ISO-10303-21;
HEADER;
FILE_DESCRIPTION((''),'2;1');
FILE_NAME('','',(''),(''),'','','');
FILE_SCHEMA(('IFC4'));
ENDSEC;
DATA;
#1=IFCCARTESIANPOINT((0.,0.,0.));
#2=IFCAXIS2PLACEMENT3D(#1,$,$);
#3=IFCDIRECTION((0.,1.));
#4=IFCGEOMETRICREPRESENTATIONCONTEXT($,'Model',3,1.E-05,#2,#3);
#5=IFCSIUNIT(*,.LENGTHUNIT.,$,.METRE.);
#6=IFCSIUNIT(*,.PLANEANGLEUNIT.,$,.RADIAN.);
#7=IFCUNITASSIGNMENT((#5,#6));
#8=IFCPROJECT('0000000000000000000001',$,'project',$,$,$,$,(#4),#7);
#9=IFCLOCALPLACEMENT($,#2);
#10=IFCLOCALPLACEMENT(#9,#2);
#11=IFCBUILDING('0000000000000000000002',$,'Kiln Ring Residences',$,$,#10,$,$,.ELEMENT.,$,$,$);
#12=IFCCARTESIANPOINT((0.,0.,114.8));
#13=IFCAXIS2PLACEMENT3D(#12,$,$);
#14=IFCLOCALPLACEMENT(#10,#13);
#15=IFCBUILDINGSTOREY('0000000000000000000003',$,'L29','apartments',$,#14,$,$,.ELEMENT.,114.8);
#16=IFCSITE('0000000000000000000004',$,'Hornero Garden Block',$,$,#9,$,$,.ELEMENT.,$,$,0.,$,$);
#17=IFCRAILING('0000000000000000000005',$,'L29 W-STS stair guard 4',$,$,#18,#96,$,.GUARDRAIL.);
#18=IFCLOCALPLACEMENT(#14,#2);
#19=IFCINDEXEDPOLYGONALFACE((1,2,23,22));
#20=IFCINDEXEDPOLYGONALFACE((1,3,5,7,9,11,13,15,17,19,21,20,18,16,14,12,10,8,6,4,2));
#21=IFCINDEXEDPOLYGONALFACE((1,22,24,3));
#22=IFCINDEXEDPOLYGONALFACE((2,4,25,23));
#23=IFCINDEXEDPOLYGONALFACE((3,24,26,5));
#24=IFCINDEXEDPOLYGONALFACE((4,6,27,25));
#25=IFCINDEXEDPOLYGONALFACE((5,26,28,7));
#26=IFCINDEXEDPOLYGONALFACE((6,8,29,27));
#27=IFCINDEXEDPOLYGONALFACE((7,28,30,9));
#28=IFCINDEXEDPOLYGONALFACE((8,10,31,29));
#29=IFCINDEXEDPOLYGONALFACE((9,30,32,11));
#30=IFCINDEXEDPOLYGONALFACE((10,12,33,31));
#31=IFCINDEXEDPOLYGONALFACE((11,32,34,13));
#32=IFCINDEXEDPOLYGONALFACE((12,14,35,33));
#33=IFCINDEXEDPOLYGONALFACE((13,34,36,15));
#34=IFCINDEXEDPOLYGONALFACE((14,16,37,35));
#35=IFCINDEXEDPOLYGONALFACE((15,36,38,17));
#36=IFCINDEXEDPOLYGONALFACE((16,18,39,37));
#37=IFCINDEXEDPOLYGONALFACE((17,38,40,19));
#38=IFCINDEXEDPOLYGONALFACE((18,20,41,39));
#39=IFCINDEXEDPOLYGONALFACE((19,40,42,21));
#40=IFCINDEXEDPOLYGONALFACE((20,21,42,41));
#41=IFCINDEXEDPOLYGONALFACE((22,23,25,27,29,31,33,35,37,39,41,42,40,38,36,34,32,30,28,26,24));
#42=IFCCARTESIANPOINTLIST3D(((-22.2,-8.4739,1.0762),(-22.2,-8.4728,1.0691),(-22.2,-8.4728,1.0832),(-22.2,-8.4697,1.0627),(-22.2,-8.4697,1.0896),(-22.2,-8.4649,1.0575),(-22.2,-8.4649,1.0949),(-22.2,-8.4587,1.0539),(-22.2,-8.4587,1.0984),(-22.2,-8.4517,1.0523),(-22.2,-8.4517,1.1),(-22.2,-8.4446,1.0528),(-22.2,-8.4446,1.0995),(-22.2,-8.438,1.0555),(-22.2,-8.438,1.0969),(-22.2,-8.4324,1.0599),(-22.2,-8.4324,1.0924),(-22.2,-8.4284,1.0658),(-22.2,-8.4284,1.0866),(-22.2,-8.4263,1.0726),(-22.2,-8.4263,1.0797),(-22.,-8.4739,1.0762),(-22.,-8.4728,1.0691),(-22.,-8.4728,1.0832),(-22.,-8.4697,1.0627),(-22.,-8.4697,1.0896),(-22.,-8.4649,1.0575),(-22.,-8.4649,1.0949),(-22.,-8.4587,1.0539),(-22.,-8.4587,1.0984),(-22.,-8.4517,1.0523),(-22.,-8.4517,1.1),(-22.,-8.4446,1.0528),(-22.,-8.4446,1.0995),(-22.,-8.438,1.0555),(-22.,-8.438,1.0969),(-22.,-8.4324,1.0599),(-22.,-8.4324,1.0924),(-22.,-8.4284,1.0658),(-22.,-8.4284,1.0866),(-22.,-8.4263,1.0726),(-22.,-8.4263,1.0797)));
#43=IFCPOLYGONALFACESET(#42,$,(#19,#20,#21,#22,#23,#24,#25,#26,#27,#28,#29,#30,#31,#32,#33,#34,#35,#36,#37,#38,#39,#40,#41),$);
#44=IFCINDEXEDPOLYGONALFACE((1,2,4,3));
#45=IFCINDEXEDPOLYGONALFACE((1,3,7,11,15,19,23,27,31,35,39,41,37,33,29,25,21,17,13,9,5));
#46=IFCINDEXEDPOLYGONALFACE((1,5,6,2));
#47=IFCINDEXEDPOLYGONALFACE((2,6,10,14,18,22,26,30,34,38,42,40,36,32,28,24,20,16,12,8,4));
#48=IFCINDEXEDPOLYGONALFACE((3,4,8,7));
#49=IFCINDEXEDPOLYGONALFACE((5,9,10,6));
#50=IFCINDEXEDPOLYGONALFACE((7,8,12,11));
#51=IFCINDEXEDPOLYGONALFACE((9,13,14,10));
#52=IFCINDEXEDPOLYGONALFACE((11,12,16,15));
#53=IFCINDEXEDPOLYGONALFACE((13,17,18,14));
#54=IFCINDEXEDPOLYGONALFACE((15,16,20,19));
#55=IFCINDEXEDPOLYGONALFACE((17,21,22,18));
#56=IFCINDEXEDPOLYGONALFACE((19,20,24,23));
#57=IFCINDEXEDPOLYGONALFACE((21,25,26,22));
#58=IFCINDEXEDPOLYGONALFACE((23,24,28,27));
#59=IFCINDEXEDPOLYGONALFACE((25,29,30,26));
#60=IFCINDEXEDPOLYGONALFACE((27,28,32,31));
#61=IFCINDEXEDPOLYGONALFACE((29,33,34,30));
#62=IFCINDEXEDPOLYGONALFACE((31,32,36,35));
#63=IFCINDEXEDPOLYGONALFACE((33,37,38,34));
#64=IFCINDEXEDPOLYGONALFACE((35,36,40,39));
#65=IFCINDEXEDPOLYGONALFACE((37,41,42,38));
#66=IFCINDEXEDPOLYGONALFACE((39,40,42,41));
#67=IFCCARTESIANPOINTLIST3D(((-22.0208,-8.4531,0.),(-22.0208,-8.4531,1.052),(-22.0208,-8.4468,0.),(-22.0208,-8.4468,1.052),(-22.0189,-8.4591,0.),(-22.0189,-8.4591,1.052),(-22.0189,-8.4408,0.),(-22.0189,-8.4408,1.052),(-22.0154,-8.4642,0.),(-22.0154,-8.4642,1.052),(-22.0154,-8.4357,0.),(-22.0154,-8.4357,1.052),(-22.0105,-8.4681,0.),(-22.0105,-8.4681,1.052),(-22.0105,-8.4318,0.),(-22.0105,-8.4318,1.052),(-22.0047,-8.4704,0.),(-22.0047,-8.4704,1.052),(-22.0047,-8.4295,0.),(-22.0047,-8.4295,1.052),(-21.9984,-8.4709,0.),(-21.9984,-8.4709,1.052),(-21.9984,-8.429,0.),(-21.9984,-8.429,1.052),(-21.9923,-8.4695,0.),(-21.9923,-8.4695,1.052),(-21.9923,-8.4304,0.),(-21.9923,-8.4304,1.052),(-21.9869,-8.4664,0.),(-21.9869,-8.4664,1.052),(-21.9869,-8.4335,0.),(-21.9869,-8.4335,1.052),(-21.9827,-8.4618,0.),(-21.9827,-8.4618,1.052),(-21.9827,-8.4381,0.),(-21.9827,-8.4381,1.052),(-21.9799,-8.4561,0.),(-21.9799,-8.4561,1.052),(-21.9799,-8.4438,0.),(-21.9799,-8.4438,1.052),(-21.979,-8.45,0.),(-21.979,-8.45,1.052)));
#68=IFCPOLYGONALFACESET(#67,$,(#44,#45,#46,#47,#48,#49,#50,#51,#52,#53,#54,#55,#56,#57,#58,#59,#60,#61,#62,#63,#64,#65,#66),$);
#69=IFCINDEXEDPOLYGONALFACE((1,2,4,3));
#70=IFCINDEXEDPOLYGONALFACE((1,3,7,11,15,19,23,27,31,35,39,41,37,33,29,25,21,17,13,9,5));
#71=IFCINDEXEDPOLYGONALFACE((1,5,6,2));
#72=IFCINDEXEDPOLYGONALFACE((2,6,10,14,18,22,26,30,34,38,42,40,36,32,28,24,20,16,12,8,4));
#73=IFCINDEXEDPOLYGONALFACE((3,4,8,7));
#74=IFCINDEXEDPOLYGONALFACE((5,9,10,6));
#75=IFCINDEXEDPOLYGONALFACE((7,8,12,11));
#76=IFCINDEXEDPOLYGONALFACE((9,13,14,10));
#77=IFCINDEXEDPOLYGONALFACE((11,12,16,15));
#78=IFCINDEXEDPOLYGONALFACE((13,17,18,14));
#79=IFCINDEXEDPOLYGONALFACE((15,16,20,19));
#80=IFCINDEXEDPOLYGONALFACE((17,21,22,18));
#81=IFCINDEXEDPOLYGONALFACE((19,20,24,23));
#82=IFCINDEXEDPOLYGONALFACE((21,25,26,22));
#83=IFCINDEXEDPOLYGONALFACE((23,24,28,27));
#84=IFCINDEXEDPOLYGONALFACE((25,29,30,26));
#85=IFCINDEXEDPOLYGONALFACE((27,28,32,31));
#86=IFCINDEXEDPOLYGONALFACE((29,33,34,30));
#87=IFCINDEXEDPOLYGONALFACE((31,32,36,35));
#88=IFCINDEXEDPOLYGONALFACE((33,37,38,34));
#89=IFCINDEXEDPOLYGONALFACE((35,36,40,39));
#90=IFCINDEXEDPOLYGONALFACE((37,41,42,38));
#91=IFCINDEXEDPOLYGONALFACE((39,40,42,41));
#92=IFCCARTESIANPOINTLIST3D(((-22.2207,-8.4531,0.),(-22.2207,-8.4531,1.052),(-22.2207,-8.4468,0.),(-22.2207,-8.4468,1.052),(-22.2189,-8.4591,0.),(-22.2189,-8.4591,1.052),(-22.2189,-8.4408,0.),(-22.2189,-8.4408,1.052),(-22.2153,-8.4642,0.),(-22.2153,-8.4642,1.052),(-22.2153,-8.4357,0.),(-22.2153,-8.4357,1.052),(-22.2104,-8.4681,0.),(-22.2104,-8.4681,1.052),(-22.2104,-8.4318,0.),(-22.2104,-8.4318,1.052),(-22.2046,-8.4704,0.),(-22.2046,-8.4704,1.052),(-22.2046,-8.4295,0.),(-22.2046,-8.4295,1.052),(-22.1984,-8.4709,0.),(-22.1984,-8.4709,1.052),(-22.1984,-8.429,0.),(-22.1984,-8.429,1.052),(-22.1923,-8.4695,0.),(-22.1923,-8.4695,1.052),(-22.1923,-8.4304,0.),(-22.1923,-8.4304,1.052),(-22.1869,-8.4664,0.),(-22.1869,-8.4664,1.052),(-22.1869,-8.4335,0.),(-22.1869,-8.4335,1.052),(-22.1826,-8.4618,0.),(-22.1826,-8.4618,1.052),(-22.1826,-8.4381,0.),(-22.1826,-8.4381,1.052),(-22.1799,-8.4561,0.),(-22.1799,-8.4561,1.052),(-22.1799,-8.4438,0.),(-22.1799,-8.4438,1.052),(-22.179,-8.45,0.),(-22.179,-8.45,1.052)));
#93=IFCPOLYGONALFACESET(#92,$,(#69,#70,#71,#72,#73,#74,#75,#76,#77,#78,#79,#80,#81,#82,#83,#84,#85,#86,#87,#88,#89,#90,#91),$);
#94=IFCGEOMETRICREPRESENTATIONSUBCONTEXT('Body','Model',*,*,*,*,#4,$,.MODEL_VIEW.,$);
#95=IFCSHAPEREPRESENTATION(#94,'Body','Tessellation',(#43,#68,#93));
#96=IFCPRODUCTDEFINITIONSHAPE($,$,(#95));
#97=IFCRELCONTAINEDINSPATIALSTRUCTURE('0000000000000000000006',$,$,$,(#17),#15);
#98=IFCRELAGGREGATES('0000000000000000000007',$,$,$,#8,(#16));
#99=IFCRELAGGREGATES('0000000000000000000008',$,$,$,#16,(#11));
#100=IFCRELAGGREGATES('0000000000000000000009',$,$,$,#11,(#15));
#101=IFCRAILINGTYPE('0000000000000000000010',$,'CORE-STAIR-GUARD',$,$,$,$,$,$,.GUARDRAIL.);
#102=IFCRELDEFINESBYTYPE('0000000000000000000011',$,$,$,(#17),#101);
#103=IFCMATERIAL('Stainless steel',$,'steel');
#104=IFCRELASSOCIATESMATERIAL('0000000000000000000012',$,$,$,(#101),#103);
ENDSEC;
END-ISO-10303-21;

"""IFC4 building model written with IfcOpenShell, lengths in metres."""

from ifc_helpers import new_model, si_unit, direction, frame, origin, origin_2d, place, context, subcontext, project, spatial, circle, extrude, material, type_object, element, save


model = new_model("IFC4")

# Units and contexts
model_context = context("Model", 3, precision=1e-05, world=origin(), true_north=direction((0.0, 1.0)))
body_context = subcontext(model_context, "Body", "Model", "MODEL_VIEW")
ifc_project = project(units=[si_unit("LENGTHUNIT", "METRE"), si_unit("PLANEANGLEUNIT", "RADIAN")], contexts=[model_context])

# Site, building, storey
site_placement = place(None, origin())
site = spatial("IfcSite", under=ifc_project, at=site_placement, Name="Hornero Garden Block", CompositionType="ELEMENT", RefElevation=0.0)
building_placement = place(site_placement, origin())
building = spatial("IfcBuilding", under=site, at=building_placement, Name="Kiln Ring Residences", CompositionType="ELEMENT")
storey_placement = place(building_placement, frame((0.0, 0.0, 114.8)))
storey = spatial("IfcBuildingStorey", under=building, at=storey_placement, Name="L29", Description="apartments", CompositionType="ELEMENT", Elevation=114.8)

# Railing
ifc_material_1 = material(Name="Stainless steel", Category="steel")
railing_type_1 = type_object("IfcRailingType", Name="CORE-STAIR-GUARD", PredefinedType="GUARDRAIL", material=ifc_material_1)
railing_1_placement = place(storey_placement, frame((-22.0, -8.45, 0.0)))
element("IfcRailing", 1, at=railing_1_placement, inside=storey, type_object=railing_type_1, Name="L29 W-STS stair guard 4", PredefinedType="GUARDRAIL", context=body_context, shape_type="SweptSolid", body=[
    extrude(circle(Radius=0.0239, at=origin_2d()), frame((0.0, 0.0, 1.0762), z_axis=(-1.0, 0.0, 0.0), x_axis=(0.0, -1.0, 0.0)), (0.0, 0.0, 1.0), 0.2),
    extrude(circle(Radius=0.021, at=origin_2d()), origin(), (0.0, 0.0, 1.0), 1.052),
    extrude(circle(Radius=0.021, at=origin_2d()), frame((-0.2, 0.0, 0.0)), (0.0, 0.0, 1.0), 1.052),
])

save(model, "model.ifc")
